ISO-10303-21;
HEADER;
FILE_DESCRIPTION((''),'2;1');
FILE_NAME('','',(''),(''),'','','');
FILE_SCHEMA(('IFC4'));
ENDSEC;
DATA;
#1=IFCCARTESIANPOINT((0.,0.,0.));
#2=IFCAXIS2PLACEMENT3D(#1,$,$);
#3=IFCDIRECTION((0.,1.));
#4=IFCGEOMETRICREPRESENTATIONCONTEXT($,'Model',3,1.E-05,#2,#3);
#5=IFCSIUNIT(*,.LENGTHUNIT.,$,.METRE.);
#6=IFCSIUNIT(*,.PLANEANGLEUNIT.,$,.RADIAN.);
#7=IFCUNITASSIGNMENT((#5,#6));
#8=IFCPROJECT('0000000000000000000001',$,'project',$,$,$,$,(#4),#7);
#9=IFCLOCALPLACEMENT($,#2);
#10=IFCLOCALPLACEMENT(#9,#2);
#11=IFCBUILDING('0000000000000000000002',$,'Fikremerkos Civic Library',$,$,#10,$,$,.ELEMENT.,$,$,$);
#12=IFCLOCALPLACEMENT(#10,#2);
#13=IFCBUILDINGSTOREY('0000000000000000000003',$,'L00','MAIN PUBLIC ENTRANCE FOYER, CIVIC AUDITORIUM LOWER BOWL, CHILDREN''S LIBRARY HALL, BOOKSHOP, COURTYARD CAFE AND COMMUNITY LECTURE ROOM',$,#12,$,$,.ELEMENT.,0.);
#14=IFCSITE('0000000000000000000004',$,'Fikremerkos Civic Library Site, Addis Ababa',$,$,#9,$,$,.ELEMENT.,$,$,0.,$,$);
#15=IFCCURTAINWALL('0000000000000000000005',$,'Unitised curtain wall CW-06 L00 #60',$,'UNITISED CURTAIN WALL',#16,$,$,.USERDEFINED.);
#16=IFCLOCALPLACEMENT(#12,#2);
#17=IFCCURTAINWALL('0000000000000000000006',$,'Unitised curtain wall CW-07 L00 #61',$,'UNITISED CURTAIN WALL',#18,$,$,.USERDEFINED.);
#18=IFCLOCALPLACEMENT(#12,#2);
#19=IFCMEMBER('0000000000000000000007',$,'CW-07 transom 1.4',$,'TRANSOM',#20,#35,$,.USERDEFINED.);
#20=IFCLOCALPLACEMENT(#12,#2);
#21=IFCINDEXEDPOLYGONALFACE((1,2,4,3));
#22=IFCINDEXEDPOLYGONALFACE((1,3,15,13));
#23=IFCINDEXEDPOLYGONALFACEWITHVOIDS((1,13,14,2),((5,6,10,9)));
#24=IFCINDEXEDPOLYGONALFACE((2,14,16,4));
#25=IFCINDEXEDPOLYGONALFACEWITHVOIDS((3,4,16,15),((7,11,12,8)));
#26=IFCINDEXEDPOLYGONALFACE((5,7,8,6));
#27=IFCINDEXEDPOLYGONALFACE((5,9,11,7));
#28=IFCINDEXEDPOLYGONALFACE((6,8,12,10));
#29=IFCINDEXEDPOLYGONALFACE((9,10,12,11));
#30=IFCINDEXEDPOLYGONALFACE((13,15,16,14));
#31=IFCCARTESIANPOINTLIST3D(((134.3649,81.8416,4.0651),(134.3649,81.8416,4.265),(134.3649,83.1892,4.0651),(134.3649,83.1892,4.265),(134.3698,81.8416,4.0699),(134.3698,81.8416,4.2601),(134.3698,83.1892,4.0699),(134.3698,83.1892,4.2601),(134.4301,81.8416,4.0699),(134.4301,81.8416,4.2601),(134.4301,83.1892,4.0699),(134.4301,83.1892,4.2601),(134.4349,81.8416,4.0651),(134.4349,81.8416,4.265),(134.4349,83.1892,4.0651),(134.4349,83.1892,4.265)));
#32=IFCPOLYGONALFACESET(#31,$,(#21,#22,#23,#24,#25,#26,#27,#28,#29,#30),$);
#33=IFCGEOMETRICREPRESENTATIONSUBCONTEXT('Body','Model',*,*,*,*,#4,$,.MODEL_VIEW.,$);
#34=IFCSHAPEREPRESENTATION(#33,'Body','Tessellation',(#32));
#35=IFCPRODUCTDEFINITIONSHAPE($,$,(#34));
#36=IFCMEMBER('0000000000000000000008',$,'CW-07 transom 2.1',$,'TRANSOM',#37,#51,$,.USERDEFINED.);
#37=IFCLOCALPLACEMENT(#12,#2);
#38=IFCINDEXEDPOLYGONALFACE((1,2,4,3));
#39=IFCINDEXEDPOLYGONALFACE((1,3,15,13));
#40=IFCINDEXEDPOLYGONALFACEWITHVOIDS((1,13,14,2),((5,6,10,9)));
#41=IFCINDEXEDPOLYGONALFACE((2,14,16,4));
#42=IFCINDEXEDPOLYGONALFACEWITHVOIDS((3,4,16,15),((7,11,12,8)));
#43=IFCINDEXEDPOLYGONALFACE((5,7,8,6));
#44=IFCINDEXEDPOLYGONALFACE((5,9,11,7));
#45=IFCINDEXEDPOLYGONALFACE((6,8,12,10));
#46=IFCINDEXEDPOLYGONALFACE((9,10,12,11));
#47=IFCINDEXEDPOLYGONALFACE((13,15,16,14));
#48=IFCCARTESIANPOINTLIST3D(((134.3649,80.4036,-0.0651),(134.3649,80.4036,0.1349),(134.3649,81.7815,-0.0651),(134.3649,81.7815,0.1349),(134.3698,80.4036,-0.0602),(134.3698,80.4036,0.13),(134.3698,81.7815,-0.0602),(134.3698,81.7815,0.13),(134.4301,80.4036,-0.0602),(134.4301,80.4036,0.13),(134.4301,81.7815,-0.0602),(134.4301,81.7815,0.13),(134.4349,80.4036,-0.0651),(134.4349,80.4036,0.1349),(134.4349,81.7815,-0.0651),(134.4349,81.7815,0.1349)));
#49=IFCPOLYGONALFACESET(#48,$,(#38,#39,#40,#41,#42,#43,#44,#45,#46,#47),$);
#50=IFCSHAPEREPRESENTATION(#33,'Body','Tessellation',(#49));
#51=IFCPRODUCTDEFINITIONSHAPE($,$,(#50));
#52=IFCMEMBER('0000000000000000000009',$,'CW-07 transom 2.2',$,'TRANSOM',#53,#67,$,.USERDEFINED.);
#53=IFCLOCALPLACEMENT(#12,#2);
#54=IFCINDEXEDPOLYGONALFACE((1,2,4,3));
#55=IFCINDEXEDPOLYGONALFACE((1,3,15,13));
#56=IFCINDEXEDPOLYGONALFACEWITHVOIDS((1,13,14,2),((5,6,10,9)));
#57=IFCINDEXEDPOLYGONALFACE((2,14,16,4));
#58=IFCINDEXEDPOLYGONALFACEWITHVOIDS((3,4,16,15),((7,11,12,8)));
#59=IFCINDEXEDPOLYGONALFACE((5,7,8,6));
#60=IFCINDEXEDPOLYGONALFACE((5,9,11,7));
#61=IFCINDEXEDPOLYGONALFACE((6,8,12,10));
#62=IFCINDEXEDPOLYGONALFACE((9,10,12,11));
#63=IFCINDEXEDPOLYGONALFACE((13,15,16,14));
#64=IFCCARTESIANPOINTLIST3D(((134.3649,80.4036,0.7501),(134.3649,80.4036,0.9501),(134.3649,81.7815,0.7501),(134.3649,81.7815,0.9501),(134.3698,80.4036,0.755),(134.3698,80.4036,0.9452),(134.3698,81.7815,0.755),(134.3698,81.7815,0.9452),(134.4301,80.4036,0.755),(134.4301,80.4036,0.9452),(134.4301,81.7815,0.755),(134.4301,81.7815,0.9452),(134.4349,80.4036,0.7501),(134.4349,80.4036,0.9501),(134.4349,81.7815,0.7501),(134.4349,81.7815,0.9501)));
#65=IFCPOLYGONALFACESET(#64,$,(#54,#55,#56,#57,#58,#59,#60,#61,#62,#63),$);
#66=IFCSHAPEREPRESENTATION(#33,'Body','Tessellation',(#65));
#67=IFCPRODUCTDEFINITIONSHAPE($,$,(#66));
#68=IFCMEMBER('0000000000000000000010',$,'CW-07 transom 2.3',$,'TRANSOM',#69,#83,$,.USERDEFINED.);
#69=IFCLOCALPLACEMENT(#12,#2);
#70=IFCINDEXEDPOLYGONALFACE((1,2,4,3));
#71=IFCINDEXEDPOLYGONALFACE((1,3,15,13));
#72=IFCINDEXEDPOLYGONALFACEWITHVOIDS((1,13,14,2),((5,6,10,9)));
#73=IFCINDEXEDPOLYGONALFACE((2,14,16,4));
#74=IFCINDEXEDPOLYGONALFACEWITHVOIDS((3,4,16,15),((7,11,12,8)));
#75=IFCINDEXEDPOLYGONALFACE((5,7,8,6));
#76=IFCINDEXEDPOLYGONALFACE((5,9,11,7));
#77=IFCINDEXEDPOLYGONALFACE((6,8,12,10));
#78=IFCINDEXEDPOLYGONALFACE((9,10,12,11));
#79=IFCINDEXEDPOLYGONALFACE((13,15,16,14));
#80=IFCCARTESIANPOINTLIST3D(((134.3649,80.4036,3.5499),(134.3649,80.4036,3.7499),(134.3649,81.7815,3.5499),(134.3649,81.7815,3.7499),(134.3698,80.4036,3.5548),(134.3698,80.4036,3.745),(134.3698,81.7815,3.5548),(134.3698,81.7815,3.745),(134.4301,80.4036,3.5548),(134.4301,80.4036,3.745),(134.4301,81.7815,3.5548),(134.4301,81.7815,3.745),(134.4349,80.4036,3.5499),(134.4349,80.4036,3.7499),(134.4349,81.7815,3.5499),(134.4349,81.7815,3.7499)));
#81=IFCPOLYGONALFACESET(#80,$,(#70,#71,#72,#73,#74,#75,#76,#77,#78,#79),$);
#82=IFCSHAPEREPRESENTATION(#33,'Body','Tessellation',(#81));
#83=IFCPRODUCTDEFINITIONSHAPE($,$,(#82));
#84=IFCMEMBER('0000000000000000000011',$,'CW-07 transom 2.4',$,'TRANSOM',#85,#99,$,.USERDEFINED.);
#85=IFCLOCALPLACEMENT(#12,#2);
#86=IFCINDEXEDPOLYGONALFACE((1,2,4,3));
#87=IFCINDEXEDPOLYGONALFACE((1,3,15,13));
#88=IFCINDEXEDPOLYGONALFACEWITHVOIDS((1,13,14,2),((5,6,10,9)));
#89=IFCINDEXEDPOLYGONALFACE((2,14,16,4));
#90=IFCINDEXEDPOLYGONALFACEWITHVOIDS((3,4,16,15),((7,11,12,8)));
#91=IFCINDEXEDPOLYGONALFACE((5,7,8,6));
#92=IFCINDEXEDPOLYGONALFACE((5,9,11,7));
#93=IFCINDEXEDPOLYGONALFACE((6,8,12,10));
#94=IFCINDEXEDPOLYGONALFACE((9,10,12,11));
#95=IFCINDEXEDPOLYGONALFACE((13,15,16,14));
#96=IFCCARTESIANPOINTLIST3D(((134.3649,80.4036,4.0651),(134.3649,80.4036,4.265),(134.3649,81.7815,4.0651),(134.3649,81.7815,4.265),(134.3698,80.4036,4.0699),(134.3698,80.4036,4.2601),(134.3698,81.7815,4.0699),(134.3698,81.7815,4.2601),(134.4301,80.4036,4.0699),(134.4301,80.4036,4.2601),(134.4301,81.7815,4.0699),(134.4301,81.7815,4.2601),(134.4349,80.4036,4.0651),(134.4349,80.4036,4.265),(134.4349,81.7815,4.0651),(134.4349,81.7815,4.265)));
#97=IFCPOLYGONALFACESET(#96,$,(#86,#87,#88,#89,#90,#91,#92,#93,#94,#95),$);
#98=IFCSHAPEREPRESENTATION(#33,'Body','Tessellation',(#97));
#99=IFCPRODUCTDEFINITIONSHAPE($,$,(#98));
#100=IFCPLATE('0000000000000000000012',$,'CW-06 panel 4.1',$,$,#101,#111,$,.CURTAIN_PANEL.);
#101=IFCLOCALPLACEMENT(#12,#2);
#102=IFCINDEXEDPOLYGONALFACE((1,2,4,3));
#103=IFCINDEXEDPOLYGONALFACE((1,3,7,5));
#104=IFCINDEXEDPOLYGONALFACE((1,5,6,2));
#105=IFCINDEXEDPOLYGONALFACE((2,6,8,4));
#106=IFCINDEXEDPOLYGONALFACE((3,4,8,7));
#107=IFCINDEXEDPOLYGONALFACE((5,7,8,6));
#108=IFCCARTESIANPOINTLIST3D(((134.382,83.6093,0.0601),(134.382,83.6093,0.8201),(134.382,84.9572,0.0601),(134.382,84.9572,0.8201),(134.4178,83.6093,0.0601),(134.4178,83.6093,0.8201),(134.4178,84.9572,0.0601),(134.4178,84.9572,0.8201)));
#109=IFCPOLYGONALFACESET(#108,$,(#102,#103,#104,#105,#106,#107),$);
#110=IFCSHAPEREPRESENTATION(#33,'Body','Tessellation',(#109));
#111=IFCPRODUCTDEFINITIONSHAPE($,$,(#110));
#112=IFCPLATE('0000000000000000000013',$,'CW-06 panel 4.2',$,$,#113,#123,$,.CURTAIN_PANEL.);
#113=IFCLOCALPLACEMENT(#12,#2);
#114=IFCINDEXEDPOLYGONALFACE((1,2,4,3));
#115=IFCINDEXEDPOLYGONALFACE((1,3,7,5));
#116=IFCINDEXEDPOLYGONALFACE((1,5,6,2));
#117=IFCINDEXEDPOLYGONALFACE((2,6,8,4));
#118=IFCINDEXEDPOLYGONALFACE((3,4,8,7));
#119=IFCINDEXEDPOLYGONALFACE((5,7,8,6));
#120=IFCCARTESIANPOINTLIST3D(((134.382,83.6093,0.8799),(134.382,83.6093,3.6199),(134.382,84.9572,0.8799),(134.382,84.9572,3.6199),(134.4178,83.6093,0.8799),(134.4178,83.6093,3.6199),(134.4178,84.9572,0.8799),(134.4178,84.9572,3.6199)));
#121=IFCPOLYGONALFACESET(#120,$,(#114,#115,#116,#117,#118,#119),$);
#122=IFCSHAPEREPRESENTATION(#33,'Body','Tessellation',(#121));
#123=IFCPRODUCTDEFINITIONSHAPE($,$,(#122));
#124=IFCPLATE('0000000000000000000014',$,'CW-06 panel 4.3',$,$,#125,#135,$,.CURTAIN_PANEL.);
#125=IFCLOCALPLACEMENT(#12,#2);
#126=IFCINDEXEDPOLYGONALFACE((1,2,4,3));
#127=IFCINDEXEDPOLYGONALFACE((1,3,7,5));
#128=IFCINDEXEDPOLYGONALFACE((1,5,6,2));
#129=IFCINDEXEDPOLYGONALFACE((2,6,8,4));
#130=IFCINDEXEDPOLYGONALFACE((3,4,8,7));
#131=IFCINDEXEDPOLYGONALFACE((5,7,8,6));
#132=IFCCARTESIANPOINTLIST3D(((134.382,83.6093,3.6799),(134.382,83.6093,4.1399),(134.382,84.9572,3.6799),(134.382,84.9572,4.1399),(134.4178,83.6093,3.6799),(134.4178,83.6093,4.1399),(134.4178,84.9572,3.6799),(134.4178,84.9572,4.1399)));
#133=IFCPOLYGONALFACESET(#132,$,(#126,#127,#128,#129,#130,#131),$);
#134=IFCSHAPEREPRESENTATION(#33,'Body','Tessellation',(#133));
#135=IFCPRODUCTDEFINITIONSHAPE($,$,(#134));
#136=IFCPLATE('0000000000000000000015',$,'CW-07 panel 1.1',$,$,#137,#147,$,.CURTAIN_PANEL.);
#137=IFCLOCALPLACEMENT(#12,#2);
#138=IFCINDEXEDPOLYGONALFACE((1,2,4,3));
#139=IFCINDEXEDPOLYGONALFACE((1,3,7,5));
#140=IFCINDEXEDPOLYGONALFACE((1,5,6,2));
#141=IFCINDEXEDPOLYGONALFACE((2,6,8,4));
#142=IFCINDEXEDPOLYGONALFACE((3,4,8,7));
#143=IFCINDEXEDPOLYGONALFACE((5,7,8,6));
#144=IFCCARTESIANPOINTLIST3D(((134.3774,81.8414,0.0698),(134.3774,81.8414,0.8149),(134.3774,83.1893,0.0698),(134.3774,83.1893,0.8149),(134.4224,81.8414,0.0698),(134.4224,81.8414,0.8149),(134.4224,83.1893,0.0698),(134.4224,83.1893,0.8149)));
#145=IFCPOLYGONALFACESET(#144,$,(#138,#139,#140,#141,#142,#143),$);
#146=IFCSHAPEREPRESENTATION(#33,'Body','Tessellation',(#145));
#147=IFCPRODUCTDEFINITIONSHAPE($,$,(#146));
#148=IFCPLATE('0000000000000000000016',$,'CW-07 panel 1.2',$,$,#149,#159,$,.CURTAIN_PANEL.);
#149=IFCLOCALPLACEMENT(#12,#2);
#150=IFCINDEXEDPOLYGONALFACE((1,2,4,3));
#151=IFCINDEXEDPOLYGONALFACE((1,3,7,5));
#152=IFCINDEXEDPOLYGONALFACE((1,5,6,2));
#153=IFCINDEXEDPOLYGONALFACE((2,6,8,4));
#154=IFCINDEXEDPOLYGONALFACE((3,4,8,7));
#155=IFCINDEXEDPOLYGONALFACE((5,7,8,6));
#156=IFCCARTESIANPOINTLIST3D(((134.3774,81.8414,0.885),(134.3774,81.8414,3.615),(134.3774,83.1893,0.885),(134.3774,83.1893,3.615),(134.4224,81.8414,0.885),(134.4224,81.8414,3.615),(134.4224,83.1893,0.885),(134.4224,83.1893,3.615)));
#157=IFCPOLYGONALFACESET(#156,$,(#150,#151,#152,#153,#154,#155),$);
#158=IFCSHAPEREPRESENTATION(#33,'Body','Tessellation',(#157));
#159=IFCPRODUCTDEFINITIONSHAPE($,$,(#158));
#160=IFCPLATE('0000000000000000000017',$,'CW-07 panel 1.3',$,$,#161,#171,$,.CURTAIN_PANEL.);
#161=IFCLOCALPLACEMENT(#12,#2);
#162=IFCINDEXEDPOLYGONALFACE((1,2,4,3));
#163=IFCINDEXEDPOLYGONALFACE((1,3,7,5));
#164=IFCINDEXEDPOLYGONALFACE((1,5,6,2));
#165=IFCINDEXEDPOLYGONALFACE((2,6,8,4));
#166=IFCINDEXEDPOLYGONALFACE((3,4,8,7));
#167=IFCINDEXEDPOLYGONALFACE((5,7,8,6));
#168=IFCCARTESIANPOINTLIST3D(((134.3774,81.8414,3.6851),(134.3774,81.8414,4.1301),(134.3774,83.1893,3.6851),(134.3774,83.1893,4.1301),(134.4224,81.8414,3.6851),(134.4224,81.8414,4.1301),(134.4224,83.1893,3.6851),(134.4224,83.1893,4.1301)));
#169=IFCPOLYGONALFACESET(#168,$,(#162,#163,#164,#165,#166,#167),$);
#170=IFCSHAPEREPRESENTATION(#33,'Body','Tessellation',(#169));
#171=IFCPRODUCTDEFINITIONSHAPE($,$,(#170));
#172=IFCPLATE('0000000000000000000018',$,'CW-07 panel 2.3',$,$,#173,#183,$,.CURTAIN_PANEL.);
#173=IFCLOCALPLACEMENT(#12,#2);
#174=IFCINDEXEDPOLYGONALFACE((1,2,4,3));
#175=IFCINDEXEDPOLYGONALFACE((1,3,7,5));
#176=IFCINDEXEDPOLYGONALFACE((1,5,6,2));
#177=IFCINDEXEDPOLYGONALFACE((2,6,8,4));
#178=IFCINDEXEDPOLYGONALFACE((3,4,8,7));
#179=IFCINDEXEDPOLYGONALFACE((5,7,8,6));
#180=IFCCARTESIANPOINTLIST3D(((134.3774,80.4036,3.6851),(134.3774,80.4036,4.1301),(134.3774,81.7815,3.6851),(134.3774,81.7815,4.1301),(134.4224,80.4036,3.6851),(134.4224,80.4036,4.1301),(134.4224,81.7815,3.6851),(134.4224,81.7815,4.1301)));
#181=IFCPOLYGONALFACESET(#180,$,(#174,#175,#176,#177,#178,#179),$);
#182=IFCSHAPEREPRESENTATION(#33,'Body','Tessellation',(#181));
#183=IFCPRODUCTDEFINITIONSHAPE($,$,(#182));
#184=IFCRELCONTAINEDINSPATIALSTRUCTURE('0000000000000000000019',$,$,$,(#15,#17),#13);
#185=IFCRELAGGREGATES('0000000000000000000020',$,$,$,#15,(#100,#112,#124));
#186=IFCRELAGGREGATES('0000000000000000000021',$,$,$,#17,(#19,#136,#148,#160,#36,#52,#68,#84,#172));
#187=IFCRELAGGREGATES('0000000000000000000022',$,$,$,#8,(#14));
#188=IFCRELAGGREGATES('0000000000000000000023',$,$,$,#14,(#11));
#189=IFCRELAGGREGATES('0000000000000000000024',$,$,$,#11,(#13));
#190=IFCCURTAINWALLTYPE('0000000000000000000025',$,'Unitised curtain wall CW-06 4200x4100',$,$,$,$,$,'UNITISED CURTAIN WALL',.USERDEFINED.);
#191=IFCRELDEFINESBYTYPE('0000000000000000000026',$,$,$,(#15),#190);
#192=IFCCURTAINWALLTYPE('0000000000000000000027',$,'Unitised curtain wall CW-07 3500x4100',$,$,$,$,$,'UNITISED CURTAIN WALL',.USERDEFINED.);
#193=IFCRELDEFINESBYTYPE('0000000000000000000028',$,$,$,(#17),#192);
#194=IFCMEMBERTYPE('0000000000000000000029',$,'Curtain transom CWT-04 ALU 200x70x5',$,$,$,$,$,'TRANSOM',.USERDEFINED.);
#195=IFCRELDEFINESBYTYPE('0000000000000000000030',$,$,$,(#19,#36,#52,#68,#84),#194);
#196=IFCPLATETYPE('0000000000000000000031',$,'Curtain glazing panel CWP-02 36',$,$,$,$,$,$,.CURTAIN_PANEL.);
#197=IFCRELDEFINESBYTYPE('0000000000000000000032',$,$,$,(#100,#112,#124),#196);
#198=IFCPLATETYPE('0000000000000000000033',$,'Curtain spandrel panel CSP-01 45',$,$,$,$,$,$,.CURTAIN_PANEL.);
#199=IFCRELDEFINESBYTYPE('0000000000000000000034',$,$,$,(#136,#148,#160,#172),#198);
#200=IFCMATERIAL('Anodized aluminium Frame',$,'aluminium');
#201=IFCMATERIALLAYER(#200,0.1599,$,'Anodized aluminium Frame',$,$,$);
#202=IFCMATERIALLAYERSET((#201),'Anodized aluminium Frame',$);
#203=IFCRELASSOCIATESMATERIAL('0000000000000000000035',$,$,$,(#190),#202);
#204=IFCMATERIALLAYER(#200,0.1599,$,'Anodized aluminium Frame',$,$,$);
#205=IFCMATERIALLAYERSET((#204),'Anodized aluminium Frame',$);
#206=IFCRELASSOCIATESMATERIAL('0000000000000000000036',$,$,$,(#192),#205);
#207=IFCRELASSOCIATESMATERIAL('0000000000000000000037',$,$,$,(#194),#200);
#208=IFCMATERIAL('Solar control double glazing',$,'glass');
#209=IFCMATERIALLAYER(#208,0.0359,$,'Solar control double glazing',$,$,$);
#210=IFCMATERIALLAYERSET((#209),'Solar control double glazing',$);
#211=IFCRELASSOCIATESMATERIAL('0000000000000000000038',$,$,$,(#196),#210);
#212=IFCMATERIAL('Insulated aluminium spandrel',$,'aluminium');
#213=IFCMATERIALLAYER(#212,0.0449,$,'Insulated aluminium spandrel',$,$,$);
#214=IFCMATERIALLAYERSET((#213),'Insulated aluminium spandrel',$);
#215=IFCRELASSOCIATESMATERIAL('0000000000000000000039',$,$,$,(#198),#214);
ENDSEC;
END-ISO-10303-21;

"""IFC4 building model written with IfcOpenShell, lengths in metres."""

from ifc_helpers import new_model, si_unit, direction, frame, origin, origin_2d, place, context, subcontext, project, spatial, rectangle, hollow_rectangle, extrude, material, layer, layer_set, material_profile, profile_set, type_object, element, aggregate, save


model = new_model("IFC4")

# Units and contexts
model_context = context("Model", 3, precision=1e-05, world=origin(), true_north=direction((0.0, 1.0)))
body_context = subcontext(model_context, "Body", "Model", "MODEL_VIEW")
ifc_project = project(units=[si_unit("LENGTHUNIT", "METRE"), si_unit("PLANEANGLEUNIT", "RADIAN")], contexts=[model_context])

# Site, building, storey
site_placement = place(None, origin())
site = spatial("IfcSite", under=ifc_project, at=site_placement, Name="Fikremerkos Civic Library Site, Addis Ababa", CompositionType="ELEMENT", RefElevation=0.0)
building_placement = place(site_placement, origin())
building = spatial("IfcBuilding", under=site, at=building_placement, Name="Fikremerkos Civic Library", CompositionType="ELEMENT")
storey_placement = place(building_placement, origin())
storey = spatial("IfcBuildingStorey", under=building, at=storey_placement, Name="L00", Description="MAIN PUBLIC ENTRANCE FOYER, CIVIC AUDITORIUM LOWER BOWL, CHILDREN'S LIBRARY HALL, BOOKSHOP, COURTYARD CAFE AND COMMUNITY LECTURE ROOM", CompositionType="ELEMENT", Elevation=0.0)

# Curtain wall
ifc_material_1 = material(Name="Anodized aluminium Frame", Category="aluminium")
ifc_layer_1 = layer(ifc_material_1, 0.1599, Name="Anodized aluminium Frame")
ifc_layer_set_1 = layer_set([ifc_layer_1], Name="Anodized aluminium Frame")
curtain_wall_type_1 = type_object("IfcCurtainWallType", Name="Unitised curtain wall CW-06 4200x4100", ElementType="UNITISED CURTAIN WALL", PredefinedType="USERDEFINED", material=ifc_layer_set_1)
curtain_wall_1_placement = place(storey_placement, origin())
curtain_wall_1 = element("IfcCurtainWall", 1, at=curtain_wall_1_placement, inside=storey, type_object=curtain_wall_type_1, Name="Unitised curtain wall CW-06 L00 #60", ObjectType="UNITISED CURTAIN WALL", PredefinedType="USERDEFINED")

# Curtain wall
ifc_layer_2 = layer(ifc_material_1, 0.1599, Name="Anodized aluminium Frame")
ifc_layer_set_2 = layer_set([ifc_layer_2], Name="Anodized aluminium Frame")
curtain_wall_type_2 = type_object("IfcCurtainWallType", Name="Unitised curtain wall CW-07 3500x4100", ElementType="UNITISED CURTAIN WALL", PredefinedType="USERDEFINED", material=ifc_layer_set_2)
curtain_wall_2_placement = place(storey_placement, origin())
curtain_wall_2 = element("IfcCurtainWall", 2, at=curtain_wall_2_placement, inside=storey, type_object=curtain_wall_type_2, Name="Unitised curtain wall CW-07 L00 #61", ObjectType="UNITISED CURTAIN WALL", PredefinedType="USERDEFINED")

# Members
ifc_material_profile_1 = material_profile(ifc_material_1, hollow_rectangle(XDim=0.0701, YDim=0.2, WallThickness=0.0049, at=origin_2d()), Name="ALU 200x70x5")
ifc_profile_set_1 = profile_set([ifc_material_profile_1], Name="Anodized aluminium Frame")
member_type_1 = type_object("IfcMemberType", Name="Curtain transom CWT-04 ALU 200x70x5", ElementType="TRANSOM", PredefinedType="USERDEFINED", material=ifc_profile_set_1)
member_1_placement = place(storey_placement, frame((134.3999, 83.1892, 4.165), z_axis=(0.0, -1.0, 0.0), x_axis=(1.0, 0.0, 0.0)))
member_1 = element("IfcMember", 3, at=member_1_placement, type_object=member_type_1, Name="CW-07 transom 1.4", ObjectType="TRANSOM", PredefinedType="USERDEFINED", context=body_context, shape_type="SweptSolid", body=[
    extrude(hollow_rectangle(XDim=0.0701, YDim=0.2, WallThickness=0.0049, at=origin_2d()), origin(), (0.0, 0.0, 1.0), 1.3477),
])
member_2_placement = place(storey_placement, frame((134.3999, 81.7815, 0.0349), z_axis=(0.0, -1.0, 0.0), x_axis=(1.0, 0.0, 0.0)))
member_2 = element("IfcMember", 4, at=member_2_placement, type_object=member_type_1, Name="CW-07 transom 2.1", ObjectType="TRANSOM", PredefinedType="USERDEFINED", context=body_context, shape_type="SweptSolid", body=[
    extrude(hollow_rectangle(XDim=0.0701, YDim=0.2, WallThickness=0.0049, at=origin_2d()), origin(), (0.0, 0.0, 1.0), 1.3779),
])
member_3_placement = place(storey_placement, frame((134.3999, 81.7815, 0.8501), z_axis=(0.0, -1.0, 0.0), x_axis=(1.0, 0.0, 0.0)))
member_3 = element("IfcMember", 5, at=member_3_placement, type_object=member_type_1, Name="CW-07 transom 2.2", ObjectType="TRANSOM", PredefinedType="USERDEFINED", context=body_context, shape_type="SweptSolid", body=[
    extrude(hollow_rectangle(XDim=0.0701, YDim=0.2, WallThickness=0.0049, at=origin_2d()), origin(), (0.0, 0.0, 1.0), 1.3779),
])
member_4_placement = place(storey_placement, frame((134.3999, 81.7815, 3.6499), z_axis=(0.0, -1.0, 0.0), x_axis=(1.0, 0.0, 0.0)))
member_4 = element("IfcMember", 6, at=member_4_placement, type_object=member_type_1, Name="CW-07 transom 2.3", ObjectType="TRANSOM", PredefinedType="USERDEFINED", context=body_context, shape_type="SweptSolid", body=[
    extrude(hollow_rectangle(XDim=0.0701, YDim=0.2, WallThickness=0.0049, at=origin_2d()), origin(), (0.0, 0.0, 1.0), 1.3779),
])
member_5_placement = place(storey_placement, frame((134.3999, 81.7815, 4.165), z_axis=(0.0, -1.0, 0.0), x_axis=(1.0, 0.0, 0.0)))
member_5 = element("IfcMember", 7, at=member_5_placement, type_object=member_type_1, Name="CW-07 transom 2.4", ObjectType="TRANSOM", PredefinedType="USERDEFINED", context=body_context, shape_type="SweptSolid", body=[
    extrude(hollow_rectangle(XDim=0.0701, YDim=0.2, WallThickness=0.0049, at=origin_2d()), origin(), (0.0, 0.0, 1.0), 1.3779),
])

# Plates
ifc_material_2 = material(Name="Solar control double glazing", Category="glass")
ifc_layer_3 = layer(ifc_material_2, 0.0359, Name="Solar control double glazing")
ifc_layer_set_3 = layer_set([ifc_layer_3], Name="Solar control double glazing")
plate_type_1 = type_object("IfcPlateType", Name="Curtain glazing panel CWP-02 36", PredefinedType="CURTAIN_PANEL", material=ifc_layer_set_3)
plate_1_placement = place(storey_placement, frame((134.3999, 84.2832, 0.0601), z_axis=(0.0, 0.0, 1.0), x_axis=(0.0, -1.0, 0.0)))
plate_1 = element("IfcPlate", 8, at=plate_1_placement, type_object=plate_type_1, Name="CW-06 panel 4.1", PredefinedType="CURTAIN_PANEL", context=body_context, shape_type="SweptSolid", body=[
    extrude(rectangle(XDim=1.3479, YDim=0.0359, at=origin_2d()), origin(), (0.0, 0.0, 1.0), 0.76),
])
plate_2_placement = place(storey_placement, frame((134.3999, 84.2832, 0.8799), z_axis=(0.0, 0.0, 1.0), x_axis=(0.0, -1.0, 0.0)))
plate_2 = element("IfcPlate", 9, at=plate_2_placement, type_object=plate_type_1, Name="CW-06 panel 4.2", PredefinedType="CURTAIN_PANEL", context=body_context, shape_type="SweptSolid", body=[
    extrude(rectangle(XDim=1.3479, YDim=0.0359, at=origin_2d()), origin(), (0.0, 0.0, 1.0), 2.74),
])
plate_3_placement = place(storey_placement, frame((134.3999, 84.2832, 3.6799), z_axis=(0.0, 0.0, 1.0), x_axis=(0.0, -1.0, 0.0)))
plate_3 = element("IfcPlate", 10, at=plate_3_placement, type_object=plate_type_1, Name="CW-06 panel 4.3", PredefinedType="CURTAIN_PANEL", context=body_context, shape_type="SweptSolid", body=[
    extrude(rectangle(XDim=1.3479, YDim=0.0359, at=origin_2d()), origin(), (0.0, 0.0, 1.0), 0.46),
])
aggregate(curtain_wall_1, [plate_1, plate_2, plate_3])
ifc_material_3 = material(Name="Insulated aluminium spandrel", Category="aluminium")
ifc_layer_4 = layer(ifc_material_3, 0.0449, Name="Insulated aluminium spandrel")
ifc_layer_set_4 = layer_set([ifc_layer_4], Name="Insulated aluminium spandrel")
plate_type_2 = type_object("IfcPlateType", Name="Curtain spandrel panel CSP-01 45", PredefinedType="CURTAIN_PANEL", material=ifc_layer_set_4)
plate_4_placement = place(storey_placement, frame((134.3999, 82.5154, 0.0698), z_axis=(0.0, 0.0, 1.0), x_axis=(0.0, -1.0, 0.0)))
plate_4 = element("IfcPlate", 11, at=plate_4_placement, type_object=plate_type_2, Name="CW-07 panel 1.1", PredefinedType="CURTAIN_PANEL", context=body_context, shape_type="SweptSolid", body=[
    extrude(rectangle(XDim=1.3479, YDim=0.0449, at=origin_2d()), origin(), (0.0, 0.0, 1.0), 0.7451),
])
plate_5_placement = place(storey_placement, frame((134.3999, 82.5154, 0.885), z_axis=(0.0, 0.0, 1.0), x_axis=(0.0, -1.0, 0.0)))
plate_5 = element("IfcPlate", 12, at=plate_5_placement, type_object=plate_type_2, Name="CW-07 panel 1.2", PredefinedType="CURTAIN_PANEL", context=body_context, shape_type="SweptSolid", body=[
    extrude(rectangle(XDim=1.3479, YDim=0.0449, at=origin_2d()), origin(), (0.0, 0.0, 1.0), 2.73),
])
plate_6_placement = place(storey_placement, frame((134.3999, 82.5154, 3.6851), z_axis=(0.0, 0.0, 1.0), x_axis=(0.0, -1.0, 0.0)))
plate_6 = element("IfcPlate", 13, at=plate_6_placement, type_object=plate_type_2, Name="CW-07 panel 1.3", PredefinedType="CURTAIN_PANEL", context=body_context, shape_type="SweptSolid", body=[
    extrude(rectangle(XDim=1.3479, YDim=0.0449, at=origin_2d()), origin(), (0.0, 0.0, 1.0), 0.4451),
])
plate_7_placement = place(storey_placement, frame((134.3999, 81.0925, 3.6851), z_axis=(0.0, 0.0, 1.0), x_axis=(0.0, -1.0, 0.0)))
plate_7 = element("IfcPlate", 14, at=plate_7_placement, type_object=plate_type_2, Name="CW-07 panel 2.3", PredefinedType="CURTAIN_PANEL", context=body_context, shape_type="SweptSolid", body=[
    extrude(rectangle(XDim=1.3779, YDim=0.0449, at=origin_2d()), origin(), (0.0, 0.0, 1.0), 0.4451),
])
aggregate(curtain_wall_2, [member_1, plate_4, plate_5, plate_6, member_2, member_3, member_4, member_5, plate_7])

save(model, "model.ifc")
